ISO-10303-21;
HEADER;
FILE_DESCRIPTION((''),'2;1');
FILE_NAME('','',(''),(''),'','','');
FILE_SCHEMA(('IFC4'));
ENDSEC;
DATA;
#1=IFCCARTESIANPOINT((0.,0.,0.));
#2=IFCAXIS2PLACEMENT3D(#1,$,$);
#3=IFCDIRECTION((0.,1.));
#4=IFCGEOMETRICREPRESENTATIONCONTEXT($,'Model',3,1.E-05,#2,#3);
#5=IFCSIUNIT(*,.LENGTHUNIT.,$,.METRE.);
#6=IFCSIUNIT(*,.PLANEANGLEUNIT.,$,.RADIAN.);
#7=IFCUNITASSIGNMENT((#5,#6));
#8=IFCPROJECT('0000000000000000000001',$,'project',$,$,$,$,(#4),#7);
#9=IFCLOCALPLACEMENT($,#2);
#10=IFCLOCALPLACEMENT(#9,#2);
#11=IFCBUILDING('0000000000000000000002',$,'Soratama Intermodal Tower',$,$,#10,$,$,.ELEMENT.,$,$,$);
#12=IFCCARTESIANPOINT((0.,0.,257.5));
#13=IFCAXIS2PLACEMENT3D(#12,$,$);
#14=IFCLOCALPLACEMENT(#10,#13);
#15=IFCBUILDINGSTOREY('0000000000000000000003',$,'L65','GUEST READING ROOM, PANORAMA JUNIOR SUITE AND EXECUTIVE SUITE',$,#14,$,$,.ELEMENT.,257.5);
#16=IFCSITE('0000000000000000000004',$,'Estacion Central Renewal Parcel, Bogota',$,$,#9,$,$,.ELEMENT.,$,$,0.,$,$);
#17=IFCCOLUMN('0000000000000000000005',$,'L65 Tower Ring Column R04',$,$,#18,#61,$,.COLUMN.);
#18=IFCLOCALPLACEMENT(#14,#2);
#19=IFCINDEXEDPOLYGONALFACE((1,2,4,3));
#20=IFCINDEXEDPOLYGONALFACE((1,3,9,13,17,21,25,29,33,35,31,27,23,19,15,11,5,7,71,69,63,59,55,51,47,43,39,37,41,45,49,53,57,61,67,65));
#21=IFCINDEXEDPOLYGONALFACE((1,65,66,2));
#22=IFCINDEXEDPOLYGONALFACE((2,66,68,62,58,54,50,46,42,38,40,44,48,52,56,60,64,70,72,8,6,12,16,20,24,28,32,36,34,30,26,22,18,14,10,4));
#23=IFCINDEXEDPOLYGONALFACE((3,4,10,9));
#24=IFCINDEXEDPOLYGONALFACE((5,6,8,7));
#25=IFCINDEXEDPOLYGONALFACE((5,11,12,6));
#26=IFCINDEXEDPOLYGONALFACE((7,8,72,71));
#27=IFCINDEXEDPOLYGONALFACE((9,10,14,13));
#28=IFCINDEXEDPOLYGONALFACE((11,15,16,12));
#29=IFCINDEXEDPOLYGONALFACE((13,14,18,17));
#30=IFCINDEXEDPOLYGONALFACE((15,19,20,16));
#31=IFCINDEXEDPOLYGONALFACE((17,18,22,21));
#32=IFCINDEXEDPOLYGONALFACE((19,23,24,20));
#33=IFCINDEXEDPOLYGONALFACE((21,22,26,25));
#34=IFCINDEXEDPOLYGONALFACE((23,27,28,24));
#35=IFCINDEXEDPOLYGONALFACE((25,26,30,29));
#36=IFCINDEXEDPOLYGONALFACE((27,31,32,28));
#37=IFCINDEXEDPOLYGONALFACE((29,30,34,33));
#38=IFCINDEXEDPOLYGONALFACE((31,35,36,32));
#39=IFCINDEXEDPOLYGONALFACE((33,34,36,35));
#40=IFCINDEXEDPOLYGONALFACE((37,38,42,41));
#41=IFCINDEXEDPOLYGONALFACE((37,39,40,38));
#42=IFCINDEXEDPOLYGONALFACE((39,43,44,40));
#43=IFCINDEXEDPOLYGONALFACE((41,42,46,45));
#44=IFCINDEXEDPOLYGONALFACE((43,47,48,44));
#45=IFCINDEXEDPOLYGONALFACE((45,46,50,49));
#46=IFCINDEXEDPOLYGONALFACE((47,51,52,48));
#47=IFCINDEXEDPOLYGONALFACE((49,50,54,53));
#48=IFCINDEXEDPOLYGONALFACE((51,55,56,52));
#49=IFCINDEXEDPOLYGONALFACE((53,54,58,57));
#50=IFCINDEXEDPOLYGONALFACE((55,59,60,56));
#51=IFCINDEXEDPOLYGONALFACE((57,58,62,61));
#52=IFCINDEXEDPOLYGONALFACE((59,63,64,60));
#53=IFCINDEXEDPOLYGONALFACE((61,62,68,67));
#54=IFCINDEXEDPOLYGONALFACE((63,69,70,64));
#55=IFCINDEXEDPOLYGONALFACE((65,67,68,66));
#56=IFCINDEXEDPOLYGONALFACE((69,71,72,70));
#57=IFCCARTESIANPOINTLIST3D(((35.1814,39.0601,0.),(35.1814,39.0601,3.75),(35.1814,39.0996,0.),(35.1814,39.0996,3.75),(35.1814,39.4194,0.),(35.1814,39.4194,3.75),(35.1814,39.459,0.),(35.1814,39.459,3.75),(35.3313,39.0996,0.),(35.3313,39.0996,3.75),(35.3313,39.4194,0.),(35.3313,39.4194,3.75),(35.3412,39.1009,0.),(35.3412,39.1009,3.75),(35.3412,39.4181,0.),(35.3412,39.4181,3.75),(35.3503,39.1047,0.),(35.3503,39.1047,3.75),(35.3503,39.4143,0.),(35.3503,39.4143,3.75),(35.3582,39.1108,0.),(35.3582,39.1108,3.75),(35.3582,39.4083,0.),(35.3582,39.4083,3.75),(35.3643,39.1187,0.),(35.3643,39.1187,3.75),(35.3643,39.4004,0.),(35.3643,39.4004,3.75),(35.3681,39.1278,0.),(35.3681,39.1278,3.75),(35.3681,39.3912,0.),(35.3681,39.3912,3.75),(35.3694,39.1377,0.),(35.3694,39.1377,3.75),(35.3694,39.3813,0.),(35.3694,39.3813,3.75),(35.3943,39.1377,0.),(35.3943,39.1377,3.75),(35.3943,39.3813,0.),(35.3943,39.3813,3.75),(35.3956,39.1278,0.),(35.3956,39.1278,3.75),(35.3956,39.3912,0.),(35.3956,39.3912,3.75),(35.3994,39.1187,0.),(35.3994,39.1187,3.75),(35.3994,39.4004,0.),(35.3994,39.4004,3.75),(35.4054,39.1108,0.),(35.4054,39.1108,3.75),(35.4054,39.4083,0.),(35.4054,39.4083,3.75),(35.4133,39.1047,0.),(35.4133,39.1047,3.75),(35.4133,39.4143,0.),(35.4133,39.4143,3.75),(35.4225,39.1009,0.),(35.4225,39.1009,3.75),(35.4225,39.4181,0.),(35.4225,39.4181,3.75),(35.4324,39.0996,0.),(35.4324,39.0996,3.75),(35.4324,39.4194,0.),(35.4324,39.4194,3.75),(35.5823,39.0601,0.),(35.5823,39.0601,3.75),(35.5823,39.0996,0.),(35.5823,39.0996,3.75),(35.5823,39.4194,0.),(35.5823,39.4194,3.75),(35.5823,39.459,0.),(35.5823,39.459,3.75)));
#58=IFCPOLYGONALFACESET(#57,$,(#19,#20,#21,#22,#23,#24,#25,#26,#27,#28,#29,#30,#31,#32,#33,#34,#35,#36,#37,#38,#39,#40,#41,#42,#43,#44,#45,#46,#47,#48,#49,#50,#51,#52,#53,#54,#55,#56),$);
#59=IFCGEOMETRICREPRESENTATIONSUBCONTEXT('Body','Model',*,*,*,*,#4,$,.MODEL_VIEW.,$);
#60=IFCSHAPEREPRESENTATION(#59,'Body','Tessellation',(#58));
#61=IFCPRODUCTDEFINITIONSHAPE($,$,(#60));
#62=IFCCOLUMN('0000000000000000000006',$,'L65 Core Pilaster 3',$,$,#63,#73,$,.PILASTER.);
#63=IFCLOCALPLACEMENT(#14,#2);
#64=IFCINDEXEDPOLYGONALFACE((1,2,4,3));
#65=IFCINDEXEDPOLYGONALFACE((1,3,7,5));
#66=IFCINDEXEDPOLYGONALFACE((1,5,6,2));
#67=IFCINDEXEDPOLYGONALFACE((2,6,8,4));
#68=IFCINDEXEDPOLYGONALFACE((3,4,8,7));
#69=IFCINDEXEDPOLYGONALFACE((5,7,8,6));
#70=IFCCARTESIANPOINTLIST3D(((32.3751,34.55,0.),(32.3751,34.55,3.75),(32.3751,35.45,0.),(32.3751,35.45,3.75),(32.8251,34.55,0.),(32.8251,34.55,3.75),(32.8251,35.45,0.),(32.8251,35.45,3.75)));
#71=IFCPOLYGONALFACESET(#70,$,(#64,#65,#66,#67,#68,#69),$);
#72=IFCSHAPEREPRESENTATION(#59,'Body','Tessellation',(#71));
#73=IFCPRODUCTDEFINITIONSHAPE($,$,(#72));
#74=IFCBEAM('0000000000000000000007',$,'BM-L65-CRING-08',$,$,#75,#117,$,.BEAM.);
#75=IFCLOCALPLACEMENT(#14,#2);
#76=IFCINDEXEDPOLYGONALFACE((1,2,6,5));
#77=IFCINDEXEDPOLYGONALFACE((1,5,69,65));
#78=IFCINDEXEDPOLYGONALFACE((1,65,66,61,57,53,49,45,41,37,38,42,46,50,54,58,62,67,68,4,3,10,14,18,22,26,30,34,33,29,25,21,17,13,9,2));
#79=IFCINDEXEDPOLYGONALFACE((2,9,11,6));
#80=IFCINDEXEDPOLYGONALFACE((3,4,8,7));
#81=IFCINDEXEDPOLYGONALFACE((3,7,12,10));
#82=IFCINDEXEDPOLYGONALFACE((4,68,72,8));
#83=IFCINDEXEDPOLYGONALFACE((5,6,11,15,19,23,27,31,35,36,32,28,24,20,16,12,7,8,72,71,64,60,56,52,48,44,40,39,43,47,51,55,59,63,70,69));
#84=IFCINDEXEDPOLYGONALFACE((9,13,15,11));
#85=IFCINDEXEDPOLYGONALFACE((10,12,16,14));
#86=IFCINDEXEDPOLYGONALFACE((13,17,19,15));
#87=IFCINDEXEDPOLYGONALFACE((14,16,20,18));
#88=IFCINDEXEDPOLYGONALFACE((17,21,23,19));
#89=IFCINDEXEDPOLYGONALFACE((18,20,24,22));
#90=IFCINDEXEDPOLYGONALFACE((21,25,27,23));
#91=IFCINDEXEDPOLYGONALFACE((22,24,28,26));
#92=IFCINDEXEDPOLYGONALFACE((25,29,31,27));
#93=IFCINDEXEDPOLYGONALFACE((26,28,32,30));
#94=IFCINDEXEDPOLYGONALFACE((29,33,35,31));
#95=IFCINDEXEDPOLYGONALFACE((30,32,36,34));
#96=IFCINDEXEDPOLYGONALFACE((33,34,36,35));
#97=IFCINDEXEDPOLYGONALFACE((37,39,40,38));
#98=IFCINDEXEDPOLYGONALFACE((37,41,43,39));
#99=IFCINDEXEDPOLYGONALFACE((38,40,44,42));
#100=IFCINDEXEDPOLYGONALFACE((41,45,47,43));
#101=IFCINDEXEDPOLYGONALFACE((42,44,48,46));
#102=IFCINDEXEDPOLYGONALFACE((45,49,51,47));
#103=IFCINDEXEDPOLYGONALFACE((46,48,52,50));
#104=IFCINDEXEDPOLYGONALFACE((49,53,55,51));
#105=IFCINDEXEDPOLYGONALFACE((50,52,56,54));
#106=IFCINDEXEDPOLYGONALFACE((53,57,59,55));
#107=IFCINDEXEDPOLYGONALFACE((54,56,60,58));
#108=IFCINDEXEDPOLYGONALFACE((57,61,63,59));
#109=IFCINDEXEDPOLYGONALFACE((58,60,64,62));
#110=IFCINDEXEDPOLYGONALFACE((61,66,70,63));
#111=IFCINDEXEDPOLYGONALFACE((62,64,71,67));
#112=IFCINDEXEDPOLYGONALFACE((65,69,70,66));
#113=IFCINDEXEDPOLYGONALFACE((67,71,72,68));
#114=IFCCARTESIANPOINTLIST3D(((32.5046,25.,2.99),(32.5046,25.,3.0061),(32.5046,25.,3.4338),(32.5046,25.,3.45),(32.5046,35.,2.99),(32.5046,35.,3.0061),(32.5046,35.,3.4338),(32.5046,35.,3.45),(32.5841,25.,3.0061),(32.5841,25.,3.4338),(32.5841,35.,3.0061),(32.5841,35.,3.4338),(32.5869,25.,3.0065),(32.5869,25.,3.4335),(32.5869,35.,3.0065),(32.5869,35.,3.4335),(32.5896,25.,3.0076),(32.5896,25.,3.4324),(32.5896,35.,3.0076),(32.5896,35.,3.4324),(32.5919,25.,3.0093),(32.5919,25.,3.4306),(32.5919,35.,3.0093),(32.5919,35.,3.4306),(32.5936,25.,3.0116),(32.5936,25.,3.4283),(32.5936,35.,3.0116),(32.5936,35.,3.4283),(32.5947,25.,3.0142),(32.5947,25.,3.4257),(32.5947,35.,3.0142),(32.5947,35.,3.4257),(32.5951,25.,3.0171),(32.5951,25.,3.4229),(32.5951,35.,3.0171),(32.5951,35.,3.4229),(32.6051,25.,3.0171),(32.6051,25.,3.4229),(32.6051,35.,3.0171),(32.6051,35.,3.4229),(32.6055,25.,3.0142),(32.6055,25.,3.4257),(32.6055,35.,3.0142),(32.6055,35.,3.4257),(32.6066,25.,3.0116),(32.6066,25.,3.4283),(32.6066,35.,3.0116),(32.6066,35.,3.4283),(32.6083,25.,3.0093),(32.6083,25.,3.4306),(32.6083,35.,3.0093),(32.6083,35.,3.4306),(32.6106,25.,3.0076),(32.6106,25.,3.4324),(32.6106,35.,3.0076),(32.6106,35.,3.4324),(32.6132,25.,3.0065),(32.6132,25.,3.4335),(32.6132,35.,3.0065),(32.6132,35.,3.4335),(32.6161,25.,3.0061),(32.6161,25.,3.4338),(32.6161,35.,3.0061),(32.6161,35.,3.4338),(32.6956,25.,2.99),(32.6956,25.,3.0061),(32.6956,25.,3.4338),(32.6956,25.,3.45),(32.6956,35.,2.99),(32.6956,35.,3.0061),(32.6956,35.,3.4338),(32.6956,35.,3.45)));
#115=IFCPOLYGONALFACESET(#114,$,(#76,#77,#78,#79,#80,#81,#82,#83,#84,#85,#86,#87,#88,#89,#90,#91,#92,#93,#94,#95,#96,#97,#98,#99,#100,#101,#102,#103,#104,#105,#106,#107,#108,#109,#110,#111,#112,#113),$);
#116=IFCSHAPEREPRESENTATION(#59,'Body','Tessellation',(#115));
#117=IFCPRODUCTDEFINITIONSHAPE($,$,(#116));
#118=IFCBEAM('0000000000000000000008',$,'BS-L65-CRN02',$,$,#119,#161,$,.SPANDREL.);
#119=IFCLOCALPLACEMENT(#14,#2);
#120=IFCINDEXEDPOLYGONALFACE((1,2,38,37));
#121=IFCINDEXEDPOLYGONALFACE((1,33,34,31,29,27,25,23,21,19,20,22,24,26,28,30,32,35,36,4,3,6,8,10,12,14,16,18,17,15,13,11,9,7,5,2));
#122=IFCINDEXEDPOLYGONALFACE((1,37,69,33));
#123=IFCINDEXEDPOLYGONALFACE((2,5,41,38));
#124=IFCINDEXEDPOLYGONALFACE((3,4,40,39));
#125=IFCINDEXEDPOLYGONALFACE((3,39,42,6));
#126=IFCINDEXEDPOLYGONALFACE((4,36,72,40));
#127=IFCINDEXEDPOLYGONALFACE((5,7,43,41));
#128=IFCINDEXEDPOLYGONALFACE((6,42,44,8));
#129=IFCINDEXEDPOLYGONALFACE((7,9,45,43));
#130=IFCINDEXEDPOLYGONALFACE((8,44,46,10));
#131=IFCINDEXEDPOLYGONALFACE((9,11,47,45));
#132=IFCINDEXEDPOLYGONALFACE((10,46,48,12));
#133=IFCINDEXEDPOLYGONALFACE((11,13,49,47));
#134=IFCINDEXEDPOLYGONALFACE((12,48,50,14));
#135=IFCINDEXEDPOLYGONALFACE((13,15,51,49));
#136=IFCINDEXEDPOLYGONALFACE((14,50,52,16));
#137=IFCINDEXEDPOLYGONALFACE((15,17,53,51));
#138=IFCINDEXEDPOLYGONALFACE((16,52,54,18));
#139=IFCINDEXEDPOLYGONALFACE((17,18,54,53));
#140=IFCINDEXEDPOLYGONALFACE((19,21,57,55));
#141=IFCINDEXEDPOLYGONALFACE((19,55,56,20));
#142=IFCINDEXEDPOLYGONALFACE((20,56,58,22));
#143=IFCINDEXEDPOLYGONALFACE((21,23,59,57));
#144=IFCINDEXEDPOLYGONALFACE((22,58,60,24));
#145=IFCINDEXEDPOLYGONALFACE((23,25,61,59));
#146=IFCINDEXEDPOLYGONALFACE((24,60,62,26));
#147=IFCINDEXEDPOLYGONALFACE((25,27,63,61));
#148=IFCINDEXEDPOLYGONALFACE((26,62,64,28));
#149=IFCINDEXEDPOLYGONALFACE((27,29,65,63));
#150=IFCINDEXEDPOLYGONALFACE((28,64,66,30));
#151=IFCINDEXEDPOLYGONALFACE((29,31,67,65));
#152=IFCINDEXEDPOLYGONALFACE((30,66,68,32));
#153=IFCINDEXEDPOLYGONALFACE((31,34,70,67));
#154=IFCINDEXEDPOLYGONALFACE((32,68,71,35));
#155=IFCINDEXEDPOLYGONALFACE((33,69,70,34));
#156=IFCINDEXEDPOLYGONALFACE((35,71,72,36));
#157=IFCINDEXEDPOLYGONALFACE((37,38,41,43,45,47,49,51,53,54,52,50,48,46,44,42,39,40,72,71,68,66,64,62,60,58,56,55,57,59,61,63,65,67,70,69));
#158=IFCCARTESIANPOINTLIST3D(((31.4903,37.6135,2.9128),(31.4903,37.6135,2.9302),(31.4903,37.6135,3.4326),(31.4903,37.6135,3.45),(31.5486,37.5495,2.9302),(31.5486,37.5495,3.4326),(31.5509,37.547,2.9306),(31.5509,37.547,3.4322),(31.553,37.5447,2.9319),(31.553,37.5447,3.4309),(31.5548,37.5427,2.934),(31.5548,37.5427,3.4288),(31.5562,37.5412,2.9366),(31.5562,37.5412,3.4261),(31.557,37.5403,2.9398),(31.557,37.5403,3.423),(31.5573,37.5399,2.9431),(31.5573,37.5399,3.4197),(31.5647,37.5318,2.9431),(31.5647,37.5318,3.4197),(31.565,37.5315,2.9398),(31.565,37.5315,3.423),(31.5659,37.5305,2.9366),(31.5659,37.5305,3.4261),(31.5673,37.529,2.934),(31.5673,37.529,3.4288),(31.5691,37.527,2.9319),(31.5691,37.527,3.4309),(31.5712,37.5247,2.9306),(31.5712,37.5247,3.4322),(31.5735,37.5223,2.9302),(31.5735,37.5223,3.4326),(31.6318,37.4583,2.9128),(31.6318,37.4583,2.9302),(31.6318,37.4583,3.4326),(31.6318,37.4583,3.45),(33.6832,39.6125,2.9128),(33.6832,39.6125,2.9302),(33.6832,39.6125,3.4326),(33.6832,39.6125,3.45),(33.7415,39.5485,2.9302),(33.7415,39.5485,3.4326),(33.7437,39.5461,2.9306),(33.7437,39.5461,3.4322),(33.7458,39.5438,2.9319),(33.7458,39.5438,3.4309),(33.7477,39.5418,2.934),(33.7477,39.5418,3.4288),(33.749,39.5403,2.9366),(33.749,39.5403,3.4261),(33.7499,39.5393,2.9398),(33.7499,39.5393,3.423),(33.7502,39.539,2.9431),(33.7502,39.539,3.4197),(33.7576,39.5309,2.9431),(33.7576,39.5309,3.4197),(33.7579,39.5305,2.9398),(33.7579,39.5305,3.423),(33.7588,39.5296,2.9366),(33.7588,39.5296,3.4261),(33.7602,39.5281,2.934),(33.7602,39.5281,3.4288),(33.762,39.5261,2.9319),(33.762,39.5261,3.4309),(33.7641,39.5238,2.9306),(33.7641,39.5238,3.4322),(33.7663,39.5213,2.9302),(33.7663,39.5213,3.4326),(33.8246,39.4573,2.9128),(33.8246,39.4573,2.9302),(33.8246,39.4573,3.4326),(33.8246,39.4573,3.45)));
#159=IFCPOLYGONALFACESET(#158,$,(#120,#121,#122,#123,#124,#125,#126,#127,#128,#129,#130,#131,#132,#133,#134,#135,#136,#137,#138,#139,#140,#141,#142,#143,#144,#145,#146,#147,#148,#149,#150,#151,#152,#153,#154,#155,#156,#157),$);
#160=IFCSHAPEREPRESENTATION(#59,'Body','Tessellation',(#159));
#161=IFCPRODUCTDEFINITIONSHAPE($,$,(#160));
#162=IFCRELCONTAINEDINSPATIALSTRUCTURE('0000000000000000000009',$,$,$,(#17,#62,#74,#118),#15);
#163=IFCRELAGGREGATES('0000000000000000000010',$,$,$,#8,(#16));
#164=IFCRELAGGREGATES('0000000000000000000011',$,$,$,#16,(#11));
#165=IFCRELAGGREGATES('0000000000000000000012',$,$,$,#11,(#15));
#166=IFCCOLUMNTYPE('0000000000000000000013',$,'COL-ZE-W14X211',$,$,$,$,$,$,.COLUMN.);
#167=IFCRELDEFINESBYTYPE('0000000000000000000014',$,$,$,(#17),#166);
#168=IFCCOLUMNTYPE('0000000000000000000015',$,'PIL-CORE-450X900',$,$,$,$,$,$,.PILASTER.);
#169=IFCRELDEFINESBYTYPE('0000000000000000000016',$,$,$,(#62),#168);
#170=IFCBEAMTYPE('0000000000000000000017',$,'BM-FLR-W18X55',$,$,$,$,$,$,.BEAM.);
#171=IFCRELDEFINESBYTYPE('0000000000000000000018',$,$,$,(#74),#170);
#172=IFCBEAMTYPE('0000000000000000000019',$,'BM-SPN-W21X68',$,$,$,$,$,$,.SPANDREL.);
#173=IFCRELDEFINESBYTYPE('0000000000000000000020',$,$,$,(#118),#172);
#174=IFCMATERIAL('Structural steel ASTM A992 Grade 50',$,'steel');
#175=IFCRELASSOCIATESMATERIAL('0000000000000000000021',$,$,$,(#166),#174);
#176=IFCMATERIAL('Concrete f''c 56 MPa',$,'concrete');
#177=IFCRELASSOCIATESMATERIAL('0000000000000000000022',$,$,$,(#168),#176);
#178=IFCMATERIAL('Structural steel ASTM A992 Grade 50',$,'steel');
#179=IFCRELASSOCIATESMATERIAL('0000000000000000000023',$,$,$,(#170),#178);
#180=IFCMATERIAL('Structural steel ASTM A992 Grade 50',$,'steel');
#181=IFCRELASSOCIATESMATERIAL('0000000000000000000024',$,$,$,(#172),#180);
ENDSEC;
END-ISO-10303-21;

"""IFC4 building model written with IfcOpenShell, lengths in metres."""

from ifc_helpers import new_model, si_unit, direction, frame, origin, origin_2d, place, context, subcontext, project, spatial, rectangle, i_section, extrude, material, material_profile, profile_set, type_object, element, save


model = new_model("IFC4")

# Units and contexts
model_context = context("Model", 3, precision=1e-05, world=origin(), true_north=direction((0.0, 1.0)))
body_context = subcontext(model_context, "Body", "Model", "MODEL_VIEW")
ifc_project = project(units=[si_unit("LENGTHUNIT", "METRE"), si_unit("PLANEANGLEUNIT", "RADIAN")], contexts=[model_context])

# Site, building, storey
site_placement = place(None, origin())
site = spatial("IfcSite", under=ifc_project, at=site_placement, Name="Estacion Central Renewal Parcel, Bogota", CompositionType="ELEMENT", RefElevation=0.0)
building_placement = place(site_placement, origin())
building = spatial("IfcBuilding", under=site, at=building_placement, Name="Soratama Intermodal Tower", CompositionType="ELEMENT")
storey_placement = place(building_placement, frame((0.0, 0.0, 257.5)))
storey = spatial("IfcBuildingStorey", under=building, at=storey_placement, Name="L65", Description="GUEST READING ROOM, PANORAMA JUNIOR SUITE AND EXECUTIVE SUITE", CompositionType="ELEMENT", Elevation=257.5)

# Columns
ifc_material_1 = material(Name="Structural steel ASTM A992 Grade 50", Category="steel")
ifc_material_profile_1 = material_profile(ifc_material_1, i_section(OverallWidth=0.4009, OverallDepth=0.3989, WebThickness=0.0249, FlangeThickness=0.0396, FilletRadius=0.0381, at=origin_2d()), Name="W14X211")
ifc_profile_set_1 = profile_set([ifc_material_profile_1], Name="Structural steel ASTM A992 Grade 50")
column_type_1 = type_object("IfcColumnType", Name="COL-ZE-W14X211", PredefinedType="COLUMN", material=ifc_profile_set_1)
column_1_placement = place(storey_placement, frame((35.3818, 39.2595, 0.0), z_axis=(0.0, 0.0, 1.0), x_axis=(1.0, 0.0, 0.0)))
element("IfcColumn", 1, at=column_1_placement, inside=storey, type_object=column_type_1, Name="L65 Tower Ring Column R04", PredefinedType="COLUMN", context=body_context, shape_type="SweptSolid", body=[
    extrude(i_section(OverallWidth=0.4009, OverallDepth=0.3989, WebThickness=0.0249, FlangeThickness=0.0396, FilletRadius=0.0381, at=origin_2d()), origin(), (0.0, 0.0, 1.0), 3.75),
])
ifc_material_2 = material(Name="Concrete f'c 56 MPa", Category="concrete")
ifc_material_profile_2 = material_profile(ifc_material_2, rectangle(XDim=0.45, YDim=0.8999, at=origin_2d()), Name="RC450X900")
ifc_profile_set_2 = profile_set([ifc_material_profile_2], Name="Concrete f'c 56 MPa")
column_type_2 = type_object("IfcColumnType", Name="PIL-CORE-450X900", PredefinedType="PILASTER", material=ifc_profile_set_2)
column_2_placement = place(storey_placement, frame((32.6001, 35.0, 0.0), z_axis=(0.0, 0.0, 1.0), x_axis=(1.0, 0.0, 0.0)))
element("IfcColumn", 2, at=column_2_placement, inside=storey, type_object=column_type_2, Name="L65 Core Pilaster 3", PredefinedType="PILASTER", context=body_context, shape_type="SweptSolid", body=[
    extrude(rectangle(XDim=0.45, YDim=0.8999, at=origin_2d()), origin(), (0.0, 0.0, 1.0), 3.75),
])

# Beams
ifc_material_3 = material(Name="Structural steel ASTM A992 Grade 50", Category="steel")
ifc_material_profile_3 = material_profile(ifc_material_3, i_section(OverallWidth=0.1909, OverallDepth=0.46, WebThickness=0.01, FlangeThickness=0.0161, FilletRadius=0.011, at=origin_2d()), Name="W18X55")
ifc_profile_set_3 = profile_set([ifc_material_profile_3], Name="Structural steel ASTM A992 Grade 50")
beam_type_1 = type_object("IfcBeamType", Name="BM-FLR-W18X55", PredefinedType="BEAM", material=ifc_profile_set_3)
beam_1_placement = place(storey_placement, frame((32.6001, 35.0, 3.22), z_axis=(0.0, -1.0, 0.0), x_axis=(1.0, 0.0, 0.0)))
element("IfcBeam", 3, at=beam_1_placement, inside=storey, type_object=beam_type_1, Name="BM-L65-CRING-08", PredefinedType="BEAM", context=body_context, shape_type="SweptSolid", body=[
    extrude(i_section(OverallWidth=0.1909, OverallDepth=0.46, WebThickness=0.01, FlangeThickness=0.0161, FilletRadius=0.011, at=origin_2d()), origin(), (0.0, 0.0, 1.0), 10.0),
])
ifc_material_4 = material(Name="Structural steel ASTM A992 Grade 50", Category="steel")
ifc_material_profile_4 = material_profile(ifc_material_4, i_section(OverallWidth=0.21, OverallDepth=0.5371, WebThickness=0.011, FlangeThickness=0.0173, FilletRadius=0.0129, at=origin_2d()), Name="W21X68")
ifc_profile_set_4 = profile_set([ifc_material_profile_4], Name="Structural steel ASTM A992 Grade 50")
beam_type_2 = type_object("IfcBeamType", Name="BM-SPN-W21X68", PredefinedType="SPANDREL", material=ifc_profile_set_4)
beam_2_placement = place(storey_placement, frame((33.7539, 39.5349, 3.1814), z_axis=(-0.739016, -0.673688, 0.0), x_axis=(0.673688, -0.739016, 0.0)))
element("IfcBeam", 4, at=beam_2_placement, inside=storey, type_object=beam_type_2, Name="BS-L65-CRN02", PredefinedType="SPANDREL", context=body_context, shape_type="SweptSolid", body=[
    extrude(i_section(OverallWidth=0.21, OverallDepth=0.5371, WebThickness=0.011, FlangeThickness=0.0173, FilletRadius=0.0129, at=origin_2d()), origin(), (0.0, 0.0, 1.0), 2.9673),
])

save(model, "model.ifc")
